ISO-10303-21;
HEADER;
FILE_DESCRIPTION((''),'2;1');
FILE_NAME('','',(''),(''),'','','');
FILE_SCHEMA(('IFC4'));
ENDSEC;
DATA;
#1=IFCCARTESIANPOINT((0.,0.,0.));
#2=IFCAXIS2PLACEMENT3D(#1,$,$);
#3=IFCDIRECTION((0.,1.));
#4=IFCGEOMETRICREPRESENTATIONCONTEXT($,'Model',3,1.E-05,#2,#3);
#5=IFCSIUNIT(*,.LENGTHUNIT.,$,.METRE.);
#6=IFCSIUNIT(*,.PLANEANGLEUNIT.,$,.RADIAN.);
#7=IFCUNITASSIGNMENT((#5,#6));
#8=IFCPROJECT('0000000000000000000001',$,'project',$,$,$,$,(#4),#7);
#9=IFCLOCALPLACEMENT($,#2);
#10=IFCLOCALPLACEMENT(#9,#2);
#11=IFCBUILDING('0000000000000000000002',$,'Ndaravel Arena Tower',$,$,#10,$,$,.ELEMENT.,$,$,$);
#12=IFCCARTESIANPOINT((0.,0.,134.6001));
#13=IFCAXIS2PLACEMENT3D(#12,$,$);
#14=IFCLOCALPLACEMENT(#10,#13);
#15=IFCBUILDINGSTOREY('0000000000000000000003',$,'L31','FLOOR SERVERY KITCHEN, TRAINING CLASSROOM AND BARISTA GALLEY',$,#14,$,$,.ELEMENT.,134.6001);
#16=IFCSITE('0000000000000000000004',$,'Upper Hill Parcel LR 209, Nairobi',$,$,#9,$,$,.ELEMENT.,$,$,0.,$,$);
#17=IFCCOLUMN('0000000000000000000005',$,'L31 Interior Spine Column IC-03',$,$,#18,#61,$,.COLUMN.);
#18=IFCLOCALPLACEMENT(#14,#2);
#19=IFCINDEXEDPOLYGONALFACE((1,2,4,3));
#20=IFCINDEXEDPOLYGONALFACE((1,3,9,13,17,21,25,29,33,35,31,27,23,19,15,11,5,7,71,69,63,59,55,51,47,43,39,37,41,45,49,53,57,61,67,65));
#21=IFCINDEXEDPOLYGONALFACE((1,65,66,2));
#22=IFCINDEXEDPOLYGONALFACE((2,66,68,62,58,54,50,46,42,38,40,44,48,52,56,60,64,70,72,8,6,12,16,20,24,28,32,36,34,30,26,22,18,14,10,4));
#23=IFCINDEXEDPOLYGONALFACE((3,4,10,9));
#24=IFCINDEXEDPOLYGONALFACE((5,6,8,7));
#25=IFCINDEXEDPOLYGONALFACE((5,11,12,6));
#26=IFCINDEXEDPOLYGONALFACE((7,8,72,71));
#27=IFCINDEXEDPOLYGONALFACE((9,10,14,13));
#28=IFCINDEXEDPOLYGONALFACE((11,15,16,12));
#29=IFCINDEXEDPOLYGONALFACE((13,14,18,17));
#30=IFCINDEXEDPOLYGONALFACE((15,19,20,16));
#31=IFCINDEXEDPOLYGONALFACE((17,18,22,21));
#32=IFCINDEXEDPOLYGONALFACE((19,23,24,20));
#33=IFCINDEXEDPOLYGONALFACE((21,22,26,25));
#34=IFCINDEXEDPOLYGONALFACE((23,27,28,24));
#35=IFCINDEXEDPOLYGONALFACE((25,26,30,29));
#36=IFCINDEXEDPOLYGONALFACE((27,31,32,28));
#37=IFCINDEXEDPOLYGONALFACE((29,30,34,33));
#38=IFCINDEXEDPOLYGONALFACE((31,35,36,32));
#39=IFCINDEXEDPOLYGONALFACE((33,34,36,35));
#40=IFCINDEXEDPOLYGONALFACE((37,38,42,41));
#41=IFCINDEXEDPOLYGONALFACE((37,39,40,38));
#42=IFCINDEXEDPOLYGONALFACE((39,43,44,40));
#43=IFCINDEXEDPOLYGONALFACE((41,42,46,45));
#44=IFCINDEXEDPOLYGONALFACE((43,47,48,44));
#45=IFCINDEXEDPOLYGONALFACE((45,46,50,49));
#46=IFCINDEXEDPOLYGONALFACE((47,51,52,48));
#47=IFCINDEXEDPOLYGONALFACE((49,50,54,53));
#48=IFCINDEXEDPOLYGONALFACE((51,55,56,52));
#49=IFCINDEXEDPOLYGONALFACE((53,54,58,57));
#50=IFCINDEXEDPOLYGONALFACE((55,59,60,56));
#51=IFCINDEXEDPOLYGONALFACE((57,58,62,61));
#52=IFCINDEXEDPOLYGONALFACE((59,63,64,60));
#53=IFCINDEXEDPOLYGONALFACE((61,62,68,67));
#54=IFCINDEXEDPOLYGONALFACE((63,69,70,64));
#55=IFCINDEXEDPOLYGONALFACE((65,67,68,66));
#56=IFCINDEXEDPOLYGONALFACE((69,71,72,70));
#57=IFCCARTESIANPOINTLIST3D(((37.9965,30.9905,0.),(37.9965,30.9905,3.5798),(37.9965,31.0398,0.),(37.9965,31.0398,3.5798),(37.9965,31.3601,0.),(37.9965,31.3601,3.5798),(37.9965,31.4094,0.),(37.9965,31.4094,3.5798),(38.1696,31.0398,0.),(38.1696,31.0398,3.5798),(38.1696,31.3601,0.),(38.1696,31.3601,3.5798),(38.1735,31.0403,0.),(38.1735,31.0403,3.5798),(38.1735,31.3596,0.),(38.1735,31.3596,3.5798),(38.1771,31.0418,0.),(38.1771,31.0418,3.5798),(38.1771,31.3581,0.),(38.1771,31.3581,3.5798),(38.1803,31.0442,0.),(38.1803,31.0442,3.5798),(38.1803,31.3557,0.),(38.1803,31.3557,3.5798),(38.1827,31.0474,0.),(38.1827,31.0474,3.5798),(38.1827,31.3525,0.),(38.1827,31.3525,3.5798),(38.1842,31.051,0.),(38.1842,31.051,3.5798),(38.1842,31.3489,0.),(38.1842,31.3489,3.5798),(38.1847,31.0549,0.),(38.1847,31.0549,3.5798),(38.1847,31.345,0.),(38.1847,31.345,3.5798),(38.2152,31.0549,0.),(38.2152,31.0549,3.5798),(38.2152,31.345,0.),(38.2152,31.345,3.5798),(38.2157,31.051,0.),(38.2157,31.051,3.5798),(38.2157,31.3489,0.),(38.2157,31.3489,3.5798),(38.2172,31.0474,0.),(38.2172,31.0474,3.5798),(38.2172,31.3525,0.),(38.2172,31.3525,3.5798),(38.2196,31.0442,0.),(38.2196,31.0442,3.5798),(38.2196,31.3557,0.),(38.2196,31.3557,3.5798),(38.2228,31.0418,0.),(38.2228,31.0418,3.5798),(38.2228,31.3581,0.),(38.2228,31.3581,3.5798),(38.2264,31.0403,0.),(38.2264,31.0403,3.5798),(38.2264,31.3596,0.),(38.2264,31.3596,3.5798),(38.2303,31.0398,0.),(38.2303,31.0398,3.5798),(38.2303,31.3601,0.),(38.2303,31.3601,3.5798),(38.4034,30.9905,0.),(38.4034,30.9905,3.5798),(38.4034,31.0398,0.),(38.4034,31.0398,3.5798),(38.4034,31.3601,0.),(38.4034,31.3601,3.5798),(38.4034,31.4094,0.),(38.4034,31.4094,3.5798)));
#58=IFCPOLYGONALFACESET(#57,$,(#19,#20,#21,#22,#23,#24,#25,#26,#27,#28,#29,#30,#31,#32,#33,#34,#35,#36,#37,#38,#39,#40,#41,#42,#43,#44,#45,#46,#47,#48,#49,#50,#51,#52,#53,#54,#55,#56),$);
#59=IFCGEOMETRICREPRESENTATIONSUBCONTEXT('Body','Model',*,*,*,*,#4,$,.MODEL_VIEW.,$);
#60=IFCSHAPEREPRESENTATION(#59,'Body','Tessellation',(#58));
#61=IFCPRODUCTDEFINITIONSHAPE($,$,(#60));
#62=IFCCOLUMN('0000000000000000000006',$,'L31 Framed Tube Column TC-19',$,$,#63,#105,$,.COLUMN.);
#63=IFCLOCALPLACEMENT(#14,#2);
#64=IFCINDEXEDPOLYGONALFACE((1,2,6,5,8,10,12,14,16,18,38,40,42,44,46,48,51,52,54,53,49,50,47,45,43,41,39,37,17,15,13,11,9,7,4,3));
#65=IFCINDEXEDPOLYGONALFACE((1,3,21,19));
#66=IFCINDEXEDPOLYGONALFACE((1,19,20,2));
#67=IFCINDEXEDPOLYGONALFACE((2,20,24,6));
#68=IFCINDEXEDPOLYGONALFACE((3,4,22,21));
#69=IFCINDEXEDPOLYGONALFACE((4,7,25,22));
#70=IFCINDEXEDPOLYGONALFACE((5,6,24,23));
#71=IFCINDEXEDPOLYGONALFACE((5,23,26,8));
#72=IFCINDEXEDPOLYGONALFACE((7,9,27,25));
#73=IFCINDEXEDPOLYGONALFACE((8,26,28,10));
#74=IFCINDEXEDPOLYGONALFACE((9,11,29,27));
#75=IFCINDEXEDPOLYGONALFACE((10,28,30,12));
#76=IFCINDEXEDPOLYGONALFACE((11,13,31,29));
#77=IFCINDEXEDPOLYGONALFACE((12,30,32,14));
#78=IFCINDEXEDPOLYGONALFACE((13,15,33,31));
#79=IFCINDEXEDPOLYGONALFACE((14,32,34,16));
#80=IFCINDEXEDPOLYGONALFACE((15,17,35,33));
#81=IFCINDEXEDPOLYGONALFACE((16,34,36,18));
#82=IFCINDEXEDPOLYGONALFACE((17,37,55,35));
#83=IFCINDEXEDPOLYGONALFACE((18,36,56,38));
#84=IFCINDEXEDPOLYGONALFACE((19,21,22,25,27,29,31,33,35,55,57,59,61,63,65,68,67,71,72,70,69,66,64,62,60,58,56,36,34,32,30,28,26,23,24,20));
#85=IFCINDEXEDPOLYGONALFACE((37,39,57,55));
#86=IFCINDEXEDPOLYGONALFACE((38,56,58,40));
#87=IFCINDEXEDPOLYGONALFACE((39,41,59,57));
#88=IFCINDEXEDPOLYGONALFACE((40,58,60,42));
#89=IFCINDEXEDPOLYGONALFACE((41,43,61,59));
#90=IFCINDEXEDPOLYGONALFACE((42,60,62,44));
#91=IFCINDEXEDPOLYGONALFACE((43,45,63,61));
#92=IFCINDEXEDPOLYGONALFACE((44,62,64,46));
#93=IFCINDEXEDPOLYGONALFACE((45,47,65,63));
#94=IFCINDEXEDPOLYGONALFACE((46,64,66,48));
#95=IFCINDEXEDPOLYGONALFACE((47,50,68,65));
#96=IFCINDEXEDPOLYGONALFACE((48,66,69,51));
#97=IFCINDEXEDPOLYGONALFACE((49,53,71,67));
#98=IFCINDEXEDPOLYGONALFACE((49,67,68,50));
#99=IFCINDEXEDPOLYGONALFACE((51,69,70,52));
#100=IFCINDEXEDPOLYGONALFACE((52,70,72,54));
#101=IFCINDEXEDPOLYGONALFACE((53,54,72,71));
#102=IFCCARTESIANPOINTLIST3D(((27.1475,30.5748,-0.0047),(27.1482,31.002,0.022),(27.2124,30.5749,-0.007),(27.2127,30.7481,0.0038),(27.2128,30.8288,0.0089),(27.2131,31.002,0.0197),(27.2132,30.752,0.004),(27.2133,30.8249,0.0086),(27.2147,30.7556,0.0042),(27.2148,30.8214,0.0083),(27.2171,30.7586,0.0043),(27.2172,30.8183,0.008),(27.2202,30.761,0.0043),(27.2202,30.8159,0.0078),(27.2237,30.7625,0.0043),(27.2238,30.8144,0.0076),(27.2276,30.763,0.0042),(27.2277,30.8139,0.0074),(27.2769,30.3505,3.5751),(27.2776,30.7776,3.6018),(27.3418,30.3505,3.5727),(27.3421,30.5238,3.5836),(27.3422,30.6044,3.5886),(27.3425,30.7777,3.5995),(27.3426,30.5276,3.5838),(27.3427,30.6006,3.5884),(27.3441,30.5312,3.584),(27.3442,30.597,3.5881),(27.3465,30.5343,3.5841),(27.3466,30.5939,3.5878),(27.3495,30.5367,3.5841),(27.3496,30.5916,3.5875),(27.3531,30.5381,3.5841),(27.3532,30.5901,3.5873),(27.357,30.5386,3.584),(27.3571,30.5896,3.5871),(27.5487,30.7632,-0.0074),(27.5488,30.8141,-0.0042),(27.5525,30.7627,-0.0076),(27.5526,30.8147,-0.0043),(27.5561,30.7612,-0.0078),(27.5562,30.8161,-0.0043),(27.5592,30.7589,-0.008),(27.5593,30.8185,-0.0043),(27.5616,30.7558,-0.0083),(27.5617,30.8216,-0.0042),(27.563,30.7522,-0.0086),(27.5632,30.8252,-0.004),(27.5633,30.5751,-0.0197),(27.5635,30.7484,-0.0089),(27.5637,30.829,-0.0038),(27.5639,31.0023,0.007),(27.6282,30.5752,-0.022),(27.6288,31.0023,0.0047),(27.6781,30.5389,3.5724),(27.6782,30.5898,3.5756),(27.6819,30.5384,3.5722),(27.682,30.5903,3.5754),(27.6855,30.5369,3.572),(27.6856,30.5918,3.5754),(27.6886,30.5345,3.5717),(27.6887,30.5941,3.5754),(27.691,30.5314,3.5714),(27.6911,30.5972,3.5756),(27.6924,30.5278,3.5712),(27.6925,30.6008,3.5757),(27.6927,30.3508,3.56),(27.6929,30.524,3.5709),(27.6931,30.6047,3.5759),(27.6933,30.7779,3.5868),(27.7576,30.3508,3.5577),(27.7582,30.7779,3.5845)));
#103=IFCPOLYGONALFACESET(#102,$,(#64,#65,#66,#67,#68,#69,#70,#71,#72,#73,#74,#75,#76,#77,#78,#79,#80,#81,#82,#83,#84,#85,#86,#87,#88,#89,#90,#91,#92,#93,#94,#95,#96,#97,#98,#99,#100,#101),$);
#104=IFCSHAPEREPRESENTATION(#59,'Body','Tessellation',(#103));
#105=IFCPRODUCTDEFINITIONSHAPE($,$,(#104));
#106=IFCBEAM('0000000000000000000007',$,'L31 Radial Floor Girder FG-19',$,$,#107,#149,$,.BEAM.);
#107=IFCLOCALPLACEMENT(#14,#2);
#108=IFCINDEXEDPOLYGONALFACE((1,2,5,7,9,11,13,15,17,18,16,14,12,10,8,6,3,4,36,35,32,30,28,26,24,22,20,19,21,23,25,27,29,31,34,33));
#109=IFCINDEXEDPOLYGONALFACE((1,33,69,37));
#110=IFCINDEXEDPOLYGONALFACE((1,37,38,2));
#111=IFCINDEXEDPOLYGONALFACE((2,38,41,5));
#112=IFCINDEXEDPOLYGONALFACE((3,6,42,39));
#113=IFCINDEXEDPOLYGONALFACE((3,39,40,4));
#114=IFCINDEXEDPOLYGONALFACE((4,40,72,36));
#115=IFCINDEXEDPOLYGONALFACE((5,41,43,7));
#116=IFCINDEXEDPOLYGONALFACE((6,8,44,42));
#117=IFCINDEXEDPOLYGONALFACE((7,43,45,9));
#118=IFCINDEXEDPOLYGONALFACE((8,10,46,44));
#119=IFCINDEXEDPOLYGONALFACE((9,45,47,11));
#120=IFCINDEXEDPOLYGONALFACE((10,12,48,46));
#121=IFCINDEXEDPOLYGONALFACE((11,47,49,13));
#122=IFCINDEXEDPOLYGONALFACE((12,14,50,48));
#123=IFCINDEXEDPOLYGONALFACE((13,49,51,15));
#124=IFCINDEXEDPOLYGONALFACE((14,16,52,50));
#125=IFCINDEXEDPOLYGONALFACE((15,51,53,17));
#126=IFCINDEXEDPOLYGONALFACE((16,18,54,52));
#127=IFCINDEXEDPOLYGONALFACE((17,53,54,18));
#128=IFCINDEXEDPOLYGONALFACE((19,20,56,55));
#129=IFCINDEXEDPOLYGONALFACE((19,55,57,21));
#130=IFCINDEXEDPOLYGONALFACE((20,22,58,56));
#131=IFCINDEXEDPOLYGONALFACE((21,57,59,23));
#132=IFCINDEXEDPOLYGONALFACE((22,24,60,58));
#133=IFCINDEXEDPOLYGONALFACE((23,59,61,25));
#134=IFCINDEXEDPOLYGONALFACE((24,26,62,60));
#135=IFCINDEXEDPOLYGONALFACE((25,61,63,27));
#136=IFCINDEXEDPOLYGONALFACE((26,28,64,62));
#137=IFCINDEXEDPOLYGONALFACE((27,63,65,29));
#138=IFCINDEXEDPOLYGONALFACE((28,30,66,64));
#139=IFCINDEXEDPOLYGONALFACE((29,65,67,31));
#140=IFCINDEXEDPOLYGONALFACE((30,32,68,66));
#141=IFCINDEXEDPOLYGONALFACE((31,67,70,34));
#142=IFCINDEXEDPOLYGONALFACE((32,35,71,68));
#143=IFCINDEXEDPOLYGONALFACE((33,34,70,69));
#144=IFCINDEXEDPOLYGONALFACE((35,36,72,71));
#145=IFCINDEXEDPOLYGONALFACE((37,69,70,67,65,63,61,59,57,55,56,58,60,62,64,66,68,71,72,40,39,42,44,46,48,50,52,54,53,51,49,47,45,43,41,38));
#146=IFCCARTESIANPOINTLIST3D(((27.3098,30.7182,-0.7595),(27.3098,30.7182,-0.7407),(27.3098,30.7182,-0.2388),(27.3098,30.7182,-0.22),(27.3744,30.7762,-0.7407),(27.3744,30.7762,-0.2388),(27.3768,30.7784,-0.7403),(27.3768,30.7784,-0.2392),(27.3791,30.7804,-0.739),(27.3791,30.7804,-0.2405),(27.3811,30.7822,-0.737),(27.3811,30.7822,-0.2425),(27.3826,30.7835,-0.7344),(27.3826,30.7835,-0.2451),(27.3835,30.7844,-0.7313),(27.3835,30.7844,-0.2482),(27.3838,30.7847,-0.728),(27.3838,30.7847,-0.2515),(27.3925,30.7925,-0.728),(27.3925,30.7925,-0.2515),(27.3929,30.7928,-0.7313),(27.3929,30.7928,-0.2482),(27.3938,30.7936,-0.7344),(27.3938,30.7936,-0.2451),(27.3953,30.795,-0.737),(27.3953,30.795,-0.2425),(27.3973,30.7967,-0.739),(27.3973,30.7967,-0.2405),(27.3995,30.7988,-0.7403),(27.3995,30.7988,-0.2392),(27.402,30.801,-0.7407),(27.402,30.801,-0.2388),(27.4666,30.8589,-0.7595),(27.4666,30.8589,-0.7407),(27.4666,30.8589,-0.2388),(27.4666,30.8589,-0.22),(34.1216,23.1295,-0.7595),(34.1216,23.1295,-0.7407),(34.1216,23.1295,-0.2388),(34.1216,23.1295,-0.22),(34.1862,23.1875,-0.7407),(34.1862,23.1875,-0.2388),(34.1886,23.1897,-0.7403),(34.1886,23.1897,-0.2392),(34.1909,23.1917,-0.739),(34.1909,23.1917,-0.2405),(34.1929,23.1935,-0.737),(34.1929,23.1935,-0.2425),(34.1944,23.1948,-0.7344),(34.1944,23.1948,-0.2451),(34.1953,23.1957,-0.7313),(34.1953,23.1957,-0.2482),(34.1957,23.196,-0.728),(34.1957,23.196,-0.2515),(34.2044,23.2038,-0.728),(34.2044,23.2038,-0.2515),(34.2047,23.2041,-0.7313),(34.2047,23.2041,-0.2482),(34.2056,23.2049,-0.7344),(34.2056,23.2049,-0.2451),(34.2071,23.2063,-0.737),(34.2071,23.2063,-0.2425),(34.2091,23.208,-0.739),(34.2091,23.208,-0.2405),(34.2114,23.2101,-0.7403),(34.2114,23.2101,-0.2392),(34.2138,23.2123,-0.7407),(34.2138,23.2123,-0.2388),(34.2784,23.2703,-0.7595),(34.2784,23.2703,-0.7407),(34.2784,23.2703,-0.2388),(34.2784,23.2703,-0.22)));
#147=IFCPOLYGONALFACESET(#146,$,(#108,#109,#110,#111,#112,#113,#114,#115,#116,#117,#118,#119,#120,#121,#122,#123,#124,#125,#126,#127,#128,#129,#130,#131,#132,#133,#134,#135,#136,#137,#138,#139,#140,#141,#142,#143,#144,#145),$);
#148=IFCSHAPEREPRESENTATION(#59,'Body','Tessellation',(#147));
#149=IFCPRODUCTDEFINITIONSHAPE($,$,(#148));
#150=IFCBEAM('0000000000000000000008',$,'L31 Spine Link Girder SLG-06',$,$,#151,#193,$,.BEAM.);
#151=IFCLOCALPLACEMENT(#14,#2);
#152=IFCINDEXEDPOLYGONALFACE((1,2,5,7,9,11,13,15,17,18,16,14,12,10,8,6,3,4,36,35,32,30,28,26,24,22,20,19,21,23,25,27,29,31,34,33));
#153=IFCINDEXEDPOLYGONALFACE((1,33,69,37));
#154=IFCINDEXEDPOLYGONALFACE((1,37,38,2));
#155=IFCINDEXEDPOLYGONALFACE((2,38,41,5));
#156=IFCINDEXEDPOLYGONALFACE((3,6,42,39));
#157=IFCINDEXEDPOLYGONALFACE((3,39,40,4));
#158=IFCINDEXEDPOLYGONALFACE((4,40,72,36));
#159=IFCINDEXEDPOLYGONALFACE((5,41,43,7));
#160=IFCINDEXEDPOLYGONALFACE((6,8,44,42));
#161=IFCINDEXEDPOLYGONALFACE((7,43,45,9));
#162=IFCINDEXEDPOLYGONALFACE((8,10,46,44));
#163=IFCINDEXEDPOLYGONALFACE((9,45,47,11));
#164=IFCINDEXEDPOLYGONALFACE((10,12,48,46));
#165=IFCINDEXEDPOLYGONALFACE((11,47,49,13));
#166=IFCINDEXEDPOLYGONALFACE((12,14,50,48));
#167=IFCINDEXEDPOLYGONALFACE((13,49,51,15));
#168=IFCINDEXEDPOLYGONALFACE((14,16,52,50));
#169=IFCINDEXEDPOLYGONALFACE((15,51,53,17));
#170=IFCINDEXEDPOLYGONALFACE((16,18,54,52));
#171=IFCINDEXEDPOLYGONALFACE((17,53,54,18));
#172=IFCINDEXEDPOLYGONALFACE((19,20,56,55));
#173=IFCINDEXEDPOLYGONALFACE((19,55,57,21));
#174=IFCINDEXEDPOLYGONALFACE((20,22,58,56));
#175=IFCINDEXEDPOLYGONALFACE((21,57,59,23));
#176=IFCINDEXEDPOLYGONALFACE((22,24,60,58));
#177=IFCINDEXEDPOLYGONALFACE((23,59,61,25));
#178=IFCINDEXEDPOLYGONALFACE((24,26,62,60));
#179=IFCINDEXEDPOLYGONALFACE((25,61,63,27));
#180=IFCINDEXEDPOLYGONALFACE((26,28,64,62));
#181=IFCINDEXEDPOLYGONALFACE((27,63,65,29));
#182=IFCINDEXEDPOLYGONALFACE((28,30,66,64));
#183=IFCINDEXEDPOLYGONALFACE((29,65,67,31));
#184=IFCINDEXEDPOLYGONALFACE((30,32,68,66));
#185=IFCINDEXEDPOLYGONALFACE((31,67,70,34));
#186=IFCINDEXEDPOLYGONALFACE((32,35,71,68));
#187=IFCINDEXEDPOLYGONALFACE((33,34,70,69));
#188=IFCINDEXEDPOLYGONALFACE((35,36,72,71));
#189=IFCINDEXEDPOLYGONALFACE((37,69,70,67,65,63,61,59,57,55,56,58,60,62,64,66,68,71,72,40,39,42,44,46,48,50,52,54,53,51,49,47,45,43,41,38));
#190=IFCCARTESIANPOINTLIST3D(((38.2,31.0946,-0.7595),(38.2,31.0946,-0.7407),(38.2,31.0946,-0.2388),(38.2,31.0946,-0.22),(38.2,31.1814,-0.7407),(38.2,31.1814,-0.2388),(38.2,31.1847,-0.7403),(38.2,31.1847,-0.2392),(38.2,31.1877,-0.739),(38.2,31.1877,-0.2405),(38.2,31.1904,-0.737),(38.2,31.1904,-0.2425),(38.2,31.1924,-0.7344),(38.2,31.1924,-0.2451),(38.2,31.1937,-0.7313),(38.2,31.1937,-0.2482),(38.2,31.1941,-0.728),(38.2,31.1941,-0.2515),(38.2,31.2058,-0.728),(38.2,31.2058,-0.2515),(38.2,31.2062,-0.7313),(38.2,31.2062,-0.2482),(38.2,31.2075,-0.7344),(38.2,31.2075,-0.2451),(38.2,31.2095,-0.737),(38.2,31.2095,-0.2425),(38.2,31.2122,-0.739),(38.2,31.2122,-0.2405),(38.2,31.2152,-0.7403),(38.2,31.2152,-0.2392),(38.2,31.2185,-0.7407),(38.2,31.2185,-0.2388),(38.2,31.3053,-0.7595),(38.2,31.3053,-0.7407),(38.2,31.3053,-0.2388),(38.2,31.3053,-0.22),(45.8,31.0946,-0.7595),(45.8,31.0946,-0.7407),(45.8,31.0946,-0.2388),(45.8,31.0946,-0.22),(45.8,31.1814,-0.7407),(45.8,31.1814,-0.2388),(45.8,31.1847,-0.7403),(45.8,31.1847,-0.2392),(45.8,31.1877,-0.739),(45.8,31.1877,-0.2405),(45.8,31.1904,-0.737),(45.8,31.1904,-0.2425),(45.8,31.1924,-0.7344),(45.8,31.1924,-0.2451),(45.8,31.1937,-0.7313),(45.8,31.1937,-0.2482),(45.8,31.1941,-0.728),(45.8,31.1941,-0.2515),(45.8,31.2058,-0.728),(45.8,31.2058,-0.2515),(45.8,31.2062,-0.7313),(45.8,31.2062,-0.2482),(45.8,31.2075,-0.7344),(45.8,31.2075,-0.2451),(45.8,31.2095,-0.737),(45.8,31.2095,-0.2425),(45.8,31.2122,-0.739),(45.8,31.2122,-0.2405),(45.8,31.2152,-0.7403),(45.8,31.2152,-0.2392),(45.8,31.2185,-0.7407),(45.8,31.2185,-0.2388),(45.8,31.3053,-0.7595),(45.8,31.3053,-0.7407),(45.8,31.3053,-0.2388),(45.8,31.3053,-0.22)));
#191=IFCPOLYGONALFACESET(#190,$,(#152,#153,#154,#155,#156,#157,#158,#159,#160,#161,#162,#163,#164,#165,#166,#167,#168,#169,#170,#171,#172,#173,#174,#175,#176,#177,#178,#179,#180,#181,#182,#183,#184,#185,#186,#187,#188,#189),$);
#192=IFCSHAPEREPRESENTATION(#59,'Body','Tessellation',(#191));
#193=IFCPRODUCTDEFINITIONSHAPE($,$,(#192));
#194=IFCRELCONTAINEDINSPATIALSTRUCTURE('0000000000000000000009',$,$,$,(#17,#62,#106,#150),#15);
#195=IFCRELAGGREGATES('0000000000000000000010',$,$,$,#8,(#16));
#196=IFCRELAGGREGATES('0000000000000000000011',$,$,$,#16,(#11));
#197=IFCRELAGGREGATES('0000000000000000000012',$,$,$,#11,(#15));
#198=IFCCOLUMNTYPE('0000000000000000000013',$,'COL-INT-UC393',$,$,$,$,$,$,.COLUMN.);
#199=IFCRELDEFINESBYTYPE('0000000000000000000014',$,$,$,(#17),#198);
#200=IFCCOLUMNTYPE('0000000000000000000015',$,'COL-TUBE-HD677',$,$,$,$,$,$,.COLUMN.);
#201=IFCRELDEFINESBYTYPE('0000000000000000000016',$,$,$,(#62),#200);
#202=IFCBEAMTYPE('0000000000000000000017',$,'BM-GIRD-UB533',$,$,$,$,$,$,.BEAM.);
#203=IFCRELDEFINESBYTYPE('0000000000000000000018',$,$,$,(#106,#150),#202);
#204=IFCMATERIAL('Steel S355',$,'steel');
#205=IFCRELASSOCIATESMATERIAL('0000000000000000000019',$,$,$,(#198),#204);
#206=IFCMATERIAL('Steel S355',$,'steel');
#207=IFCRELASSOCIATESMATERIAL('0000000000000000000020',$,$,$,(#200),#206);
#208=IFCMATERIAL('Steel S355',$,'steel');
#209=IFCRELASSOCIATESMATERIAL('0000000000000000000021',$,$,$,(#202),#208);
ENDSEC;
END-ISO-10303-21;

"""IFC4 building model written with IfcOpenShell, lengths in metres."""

from ifc_helpers import new_model, si_unit, direction, frame, origin, origin_2d, place, context, subcontext, project, spatial, i_section, extrude, material, material_profile, profile_set, type_object, element, save


model = new_model("IFC4")

# Units and contexts
model_context = context("Model", 3, precision=1e-05, world=origin(), true_north=direction((0.0, 1.0)))
body_context = subcontext(model_context, "Body", "Model", "MODEL_VIEW")
ifc_project = project(units=[si_unit("LENGTHUNIT", "METRE"), si_unit("PLANEANGLEUNIT", "RADIAN")], contexts=[model_context])

# Site, building, storey
site_placement = place(None, origin())
site = spatial("IfcSite", under=ifc_project, at=site_placement, Name="Upper Hill Parcel LR 209, Nairobi", CompositionType="ELEMENT", RefElevation=0.0)
building_placement = place(site_placement, origin())
building = spatial("IfcBuilding", under=site, at=building_placement, Name="Ndaravel Arena Tower", CompositionType="ELEMENT")
storey_placement = place(building_placement, frame((0.0, 0.0, 134.6001)))
storey = spatial("IfcBuildingStorey", under=building, at=storey_placement, Name="L31", Description="FLOOR SERVERY KITCHEN, TRAINING CLASSROOM AND BARISTA GALLEY", CompositionType="ELEMENT", Elevation=134.6001)

# Columns
ifc_material_1 = material(Name="Steel S355", Category="steel")
ifc_material_profile_1 = material_profile(ifc_material_1, i_section(OverallWidth=0.407, OverallDepth=0.4189, WebThickness=0.0305, FlangeThickness=0.0493, FilletRadius=0.0151, at=origin_2d()), Name="UC 356x406x393")
ifc_profile_set_1 = profile_set([ifc_material_profile_1], Name="Steel S355")
column_type_1 = type_object("IfcColumnType", Name="COL-INT-UC393", PredefinedType="COLUMN", material=ifc_profile_set_1)
column_1_placement = place(storey_placement, frame((38.2, 31.2, 0.0), z_axis=(0.0, 0.0, 1.0), x_axis=(1.0, 0.0, 0.0)))
element("IfcColumn", 1, at=column_1_placement, inside=storey, type_object=column_type_1, Name="L31 Interior Spine Column IC-03", PredefinedType="COLUMN", context=body_context, shape_type="SweptSolid", body=[
    extrude(i_section(OverallWidth=0.407, OverallDepth=0.4189, WebThickness=0.0305, FlangeThickness=0.0493, FilletRadius=0.0151, at=origin_2d()), origin(), (0.0, 0.0, 1.0), 3.5798),
])
ifc_material_2 = material(Name="Steel S355", Category="steel")
ifc_material_profile_2 = material_profile(ifc_material_2, i_section(OverallWidth=0.428, OverallDepth=0.481, WebThickness=0.051, FlangeThickness=0.0649, FilletRadius=0.0149, at=origin_2d()), Name="HD 400x677")
ifc_profile_set_2 = profile_set([ifc_material_profile_2], Name="Steel S355")
column_type_2 = type_object("IfcColumnType", Name="COL-TUBE-HD677", PredefinedType="COLUMN", material=ifc_profile_set_2)
column_2_placement = place(storey_placement, frame((27.3882, 30.7886, 0.0), z_axis=(0.036051, -0.062511, 0.997393), x_axis=(0.001605, 0.998044, 0.062494)))
element("IfcColumn", 2, at=column_2_placement, inside=storey, type_object=column_type_2, Name="L31 Framed Tube Column TC-19", PredefinedType="COLUMN", context=body_context, shape_type="SweptSolid", body=[
    extrude(i_section(OverallWidth=0.428, OverallDepth=0.481, WebThickness=0.051, FlangeThickness=0.0649, FilletRadius=0.0149, at=origin_2d()), origin(), (0.0, 0.0, 1.0), 3.5891),
])

# Beams
ifc_material_3 = material(Name="Steel S355", Category="steel")
ifc_material_profile_3 = material_profile(ifc_material_3, i_section(OverallWidth=0.2107, OverallDepth=0.5396, WebThickness=0.0117, FlangeThickness=0.0188, FilletRadius=0.0127, at=origin_2d()), Name="UB 533x210x109")
ifc_profile_set_3 = profile_set([ifc_material_profile_3], Name="Steel S355")
beam_type_1 = type_object("IfcBeamType", Name="BM-GIRD-UB533", PredefinedType="BEAM", material=ifc_profile_set_3)
beam_1_placement = place(storey_placement, frame((27.3882, 30.7886, -0.4897), z_axis=(0.667989, -0.744171, 0.0), x_axis=(0.744171, 0.667989, 0.0)))
element("IfcBeam", 3, at=beam_1_placement, inside=storey, type_object=beam_type_1, Name="L31 Radial Floor Girder FG-19", PredefinedType="BEAM", context=body_context, shape_type="SweptSolid", body=[
    extrude(i_section(OverallWidth=0.2107, OverallDepth=0.5396, WebThickness=0.0117, FlangeThickness=0.0188, FilletRadius=0.0127, at=origin_2d()), origin(), (0.0, 0.0, 1.0), 10.1975),
])
beam_2_placement = place(storey_placement, frame((38.2, 31.2, -0.4897), z_axis=(1.0, 0.0, 0.0), x_axis=(0.0, 1.0, 0.0)))
element("IfcBeam", 4, at=beam_2_placement, inside=storey, type_object=beam_type_1, Name="L31 Spine Link Girder SLG-06", PredefinedType="BEAM", context=body_context, shape_type="SweptSolid", body=[
    extrude(i_section(OverallWidth=0.2107, OverallDepth=0.5396, WebThickness=0.0117, FlangeThickness=0.0188, FilletRadius=0.0127, at=origin_2d()), origin(), (0.0, 0.0, 1.0), 7.6001),
])

save(model, "model.ifc")
